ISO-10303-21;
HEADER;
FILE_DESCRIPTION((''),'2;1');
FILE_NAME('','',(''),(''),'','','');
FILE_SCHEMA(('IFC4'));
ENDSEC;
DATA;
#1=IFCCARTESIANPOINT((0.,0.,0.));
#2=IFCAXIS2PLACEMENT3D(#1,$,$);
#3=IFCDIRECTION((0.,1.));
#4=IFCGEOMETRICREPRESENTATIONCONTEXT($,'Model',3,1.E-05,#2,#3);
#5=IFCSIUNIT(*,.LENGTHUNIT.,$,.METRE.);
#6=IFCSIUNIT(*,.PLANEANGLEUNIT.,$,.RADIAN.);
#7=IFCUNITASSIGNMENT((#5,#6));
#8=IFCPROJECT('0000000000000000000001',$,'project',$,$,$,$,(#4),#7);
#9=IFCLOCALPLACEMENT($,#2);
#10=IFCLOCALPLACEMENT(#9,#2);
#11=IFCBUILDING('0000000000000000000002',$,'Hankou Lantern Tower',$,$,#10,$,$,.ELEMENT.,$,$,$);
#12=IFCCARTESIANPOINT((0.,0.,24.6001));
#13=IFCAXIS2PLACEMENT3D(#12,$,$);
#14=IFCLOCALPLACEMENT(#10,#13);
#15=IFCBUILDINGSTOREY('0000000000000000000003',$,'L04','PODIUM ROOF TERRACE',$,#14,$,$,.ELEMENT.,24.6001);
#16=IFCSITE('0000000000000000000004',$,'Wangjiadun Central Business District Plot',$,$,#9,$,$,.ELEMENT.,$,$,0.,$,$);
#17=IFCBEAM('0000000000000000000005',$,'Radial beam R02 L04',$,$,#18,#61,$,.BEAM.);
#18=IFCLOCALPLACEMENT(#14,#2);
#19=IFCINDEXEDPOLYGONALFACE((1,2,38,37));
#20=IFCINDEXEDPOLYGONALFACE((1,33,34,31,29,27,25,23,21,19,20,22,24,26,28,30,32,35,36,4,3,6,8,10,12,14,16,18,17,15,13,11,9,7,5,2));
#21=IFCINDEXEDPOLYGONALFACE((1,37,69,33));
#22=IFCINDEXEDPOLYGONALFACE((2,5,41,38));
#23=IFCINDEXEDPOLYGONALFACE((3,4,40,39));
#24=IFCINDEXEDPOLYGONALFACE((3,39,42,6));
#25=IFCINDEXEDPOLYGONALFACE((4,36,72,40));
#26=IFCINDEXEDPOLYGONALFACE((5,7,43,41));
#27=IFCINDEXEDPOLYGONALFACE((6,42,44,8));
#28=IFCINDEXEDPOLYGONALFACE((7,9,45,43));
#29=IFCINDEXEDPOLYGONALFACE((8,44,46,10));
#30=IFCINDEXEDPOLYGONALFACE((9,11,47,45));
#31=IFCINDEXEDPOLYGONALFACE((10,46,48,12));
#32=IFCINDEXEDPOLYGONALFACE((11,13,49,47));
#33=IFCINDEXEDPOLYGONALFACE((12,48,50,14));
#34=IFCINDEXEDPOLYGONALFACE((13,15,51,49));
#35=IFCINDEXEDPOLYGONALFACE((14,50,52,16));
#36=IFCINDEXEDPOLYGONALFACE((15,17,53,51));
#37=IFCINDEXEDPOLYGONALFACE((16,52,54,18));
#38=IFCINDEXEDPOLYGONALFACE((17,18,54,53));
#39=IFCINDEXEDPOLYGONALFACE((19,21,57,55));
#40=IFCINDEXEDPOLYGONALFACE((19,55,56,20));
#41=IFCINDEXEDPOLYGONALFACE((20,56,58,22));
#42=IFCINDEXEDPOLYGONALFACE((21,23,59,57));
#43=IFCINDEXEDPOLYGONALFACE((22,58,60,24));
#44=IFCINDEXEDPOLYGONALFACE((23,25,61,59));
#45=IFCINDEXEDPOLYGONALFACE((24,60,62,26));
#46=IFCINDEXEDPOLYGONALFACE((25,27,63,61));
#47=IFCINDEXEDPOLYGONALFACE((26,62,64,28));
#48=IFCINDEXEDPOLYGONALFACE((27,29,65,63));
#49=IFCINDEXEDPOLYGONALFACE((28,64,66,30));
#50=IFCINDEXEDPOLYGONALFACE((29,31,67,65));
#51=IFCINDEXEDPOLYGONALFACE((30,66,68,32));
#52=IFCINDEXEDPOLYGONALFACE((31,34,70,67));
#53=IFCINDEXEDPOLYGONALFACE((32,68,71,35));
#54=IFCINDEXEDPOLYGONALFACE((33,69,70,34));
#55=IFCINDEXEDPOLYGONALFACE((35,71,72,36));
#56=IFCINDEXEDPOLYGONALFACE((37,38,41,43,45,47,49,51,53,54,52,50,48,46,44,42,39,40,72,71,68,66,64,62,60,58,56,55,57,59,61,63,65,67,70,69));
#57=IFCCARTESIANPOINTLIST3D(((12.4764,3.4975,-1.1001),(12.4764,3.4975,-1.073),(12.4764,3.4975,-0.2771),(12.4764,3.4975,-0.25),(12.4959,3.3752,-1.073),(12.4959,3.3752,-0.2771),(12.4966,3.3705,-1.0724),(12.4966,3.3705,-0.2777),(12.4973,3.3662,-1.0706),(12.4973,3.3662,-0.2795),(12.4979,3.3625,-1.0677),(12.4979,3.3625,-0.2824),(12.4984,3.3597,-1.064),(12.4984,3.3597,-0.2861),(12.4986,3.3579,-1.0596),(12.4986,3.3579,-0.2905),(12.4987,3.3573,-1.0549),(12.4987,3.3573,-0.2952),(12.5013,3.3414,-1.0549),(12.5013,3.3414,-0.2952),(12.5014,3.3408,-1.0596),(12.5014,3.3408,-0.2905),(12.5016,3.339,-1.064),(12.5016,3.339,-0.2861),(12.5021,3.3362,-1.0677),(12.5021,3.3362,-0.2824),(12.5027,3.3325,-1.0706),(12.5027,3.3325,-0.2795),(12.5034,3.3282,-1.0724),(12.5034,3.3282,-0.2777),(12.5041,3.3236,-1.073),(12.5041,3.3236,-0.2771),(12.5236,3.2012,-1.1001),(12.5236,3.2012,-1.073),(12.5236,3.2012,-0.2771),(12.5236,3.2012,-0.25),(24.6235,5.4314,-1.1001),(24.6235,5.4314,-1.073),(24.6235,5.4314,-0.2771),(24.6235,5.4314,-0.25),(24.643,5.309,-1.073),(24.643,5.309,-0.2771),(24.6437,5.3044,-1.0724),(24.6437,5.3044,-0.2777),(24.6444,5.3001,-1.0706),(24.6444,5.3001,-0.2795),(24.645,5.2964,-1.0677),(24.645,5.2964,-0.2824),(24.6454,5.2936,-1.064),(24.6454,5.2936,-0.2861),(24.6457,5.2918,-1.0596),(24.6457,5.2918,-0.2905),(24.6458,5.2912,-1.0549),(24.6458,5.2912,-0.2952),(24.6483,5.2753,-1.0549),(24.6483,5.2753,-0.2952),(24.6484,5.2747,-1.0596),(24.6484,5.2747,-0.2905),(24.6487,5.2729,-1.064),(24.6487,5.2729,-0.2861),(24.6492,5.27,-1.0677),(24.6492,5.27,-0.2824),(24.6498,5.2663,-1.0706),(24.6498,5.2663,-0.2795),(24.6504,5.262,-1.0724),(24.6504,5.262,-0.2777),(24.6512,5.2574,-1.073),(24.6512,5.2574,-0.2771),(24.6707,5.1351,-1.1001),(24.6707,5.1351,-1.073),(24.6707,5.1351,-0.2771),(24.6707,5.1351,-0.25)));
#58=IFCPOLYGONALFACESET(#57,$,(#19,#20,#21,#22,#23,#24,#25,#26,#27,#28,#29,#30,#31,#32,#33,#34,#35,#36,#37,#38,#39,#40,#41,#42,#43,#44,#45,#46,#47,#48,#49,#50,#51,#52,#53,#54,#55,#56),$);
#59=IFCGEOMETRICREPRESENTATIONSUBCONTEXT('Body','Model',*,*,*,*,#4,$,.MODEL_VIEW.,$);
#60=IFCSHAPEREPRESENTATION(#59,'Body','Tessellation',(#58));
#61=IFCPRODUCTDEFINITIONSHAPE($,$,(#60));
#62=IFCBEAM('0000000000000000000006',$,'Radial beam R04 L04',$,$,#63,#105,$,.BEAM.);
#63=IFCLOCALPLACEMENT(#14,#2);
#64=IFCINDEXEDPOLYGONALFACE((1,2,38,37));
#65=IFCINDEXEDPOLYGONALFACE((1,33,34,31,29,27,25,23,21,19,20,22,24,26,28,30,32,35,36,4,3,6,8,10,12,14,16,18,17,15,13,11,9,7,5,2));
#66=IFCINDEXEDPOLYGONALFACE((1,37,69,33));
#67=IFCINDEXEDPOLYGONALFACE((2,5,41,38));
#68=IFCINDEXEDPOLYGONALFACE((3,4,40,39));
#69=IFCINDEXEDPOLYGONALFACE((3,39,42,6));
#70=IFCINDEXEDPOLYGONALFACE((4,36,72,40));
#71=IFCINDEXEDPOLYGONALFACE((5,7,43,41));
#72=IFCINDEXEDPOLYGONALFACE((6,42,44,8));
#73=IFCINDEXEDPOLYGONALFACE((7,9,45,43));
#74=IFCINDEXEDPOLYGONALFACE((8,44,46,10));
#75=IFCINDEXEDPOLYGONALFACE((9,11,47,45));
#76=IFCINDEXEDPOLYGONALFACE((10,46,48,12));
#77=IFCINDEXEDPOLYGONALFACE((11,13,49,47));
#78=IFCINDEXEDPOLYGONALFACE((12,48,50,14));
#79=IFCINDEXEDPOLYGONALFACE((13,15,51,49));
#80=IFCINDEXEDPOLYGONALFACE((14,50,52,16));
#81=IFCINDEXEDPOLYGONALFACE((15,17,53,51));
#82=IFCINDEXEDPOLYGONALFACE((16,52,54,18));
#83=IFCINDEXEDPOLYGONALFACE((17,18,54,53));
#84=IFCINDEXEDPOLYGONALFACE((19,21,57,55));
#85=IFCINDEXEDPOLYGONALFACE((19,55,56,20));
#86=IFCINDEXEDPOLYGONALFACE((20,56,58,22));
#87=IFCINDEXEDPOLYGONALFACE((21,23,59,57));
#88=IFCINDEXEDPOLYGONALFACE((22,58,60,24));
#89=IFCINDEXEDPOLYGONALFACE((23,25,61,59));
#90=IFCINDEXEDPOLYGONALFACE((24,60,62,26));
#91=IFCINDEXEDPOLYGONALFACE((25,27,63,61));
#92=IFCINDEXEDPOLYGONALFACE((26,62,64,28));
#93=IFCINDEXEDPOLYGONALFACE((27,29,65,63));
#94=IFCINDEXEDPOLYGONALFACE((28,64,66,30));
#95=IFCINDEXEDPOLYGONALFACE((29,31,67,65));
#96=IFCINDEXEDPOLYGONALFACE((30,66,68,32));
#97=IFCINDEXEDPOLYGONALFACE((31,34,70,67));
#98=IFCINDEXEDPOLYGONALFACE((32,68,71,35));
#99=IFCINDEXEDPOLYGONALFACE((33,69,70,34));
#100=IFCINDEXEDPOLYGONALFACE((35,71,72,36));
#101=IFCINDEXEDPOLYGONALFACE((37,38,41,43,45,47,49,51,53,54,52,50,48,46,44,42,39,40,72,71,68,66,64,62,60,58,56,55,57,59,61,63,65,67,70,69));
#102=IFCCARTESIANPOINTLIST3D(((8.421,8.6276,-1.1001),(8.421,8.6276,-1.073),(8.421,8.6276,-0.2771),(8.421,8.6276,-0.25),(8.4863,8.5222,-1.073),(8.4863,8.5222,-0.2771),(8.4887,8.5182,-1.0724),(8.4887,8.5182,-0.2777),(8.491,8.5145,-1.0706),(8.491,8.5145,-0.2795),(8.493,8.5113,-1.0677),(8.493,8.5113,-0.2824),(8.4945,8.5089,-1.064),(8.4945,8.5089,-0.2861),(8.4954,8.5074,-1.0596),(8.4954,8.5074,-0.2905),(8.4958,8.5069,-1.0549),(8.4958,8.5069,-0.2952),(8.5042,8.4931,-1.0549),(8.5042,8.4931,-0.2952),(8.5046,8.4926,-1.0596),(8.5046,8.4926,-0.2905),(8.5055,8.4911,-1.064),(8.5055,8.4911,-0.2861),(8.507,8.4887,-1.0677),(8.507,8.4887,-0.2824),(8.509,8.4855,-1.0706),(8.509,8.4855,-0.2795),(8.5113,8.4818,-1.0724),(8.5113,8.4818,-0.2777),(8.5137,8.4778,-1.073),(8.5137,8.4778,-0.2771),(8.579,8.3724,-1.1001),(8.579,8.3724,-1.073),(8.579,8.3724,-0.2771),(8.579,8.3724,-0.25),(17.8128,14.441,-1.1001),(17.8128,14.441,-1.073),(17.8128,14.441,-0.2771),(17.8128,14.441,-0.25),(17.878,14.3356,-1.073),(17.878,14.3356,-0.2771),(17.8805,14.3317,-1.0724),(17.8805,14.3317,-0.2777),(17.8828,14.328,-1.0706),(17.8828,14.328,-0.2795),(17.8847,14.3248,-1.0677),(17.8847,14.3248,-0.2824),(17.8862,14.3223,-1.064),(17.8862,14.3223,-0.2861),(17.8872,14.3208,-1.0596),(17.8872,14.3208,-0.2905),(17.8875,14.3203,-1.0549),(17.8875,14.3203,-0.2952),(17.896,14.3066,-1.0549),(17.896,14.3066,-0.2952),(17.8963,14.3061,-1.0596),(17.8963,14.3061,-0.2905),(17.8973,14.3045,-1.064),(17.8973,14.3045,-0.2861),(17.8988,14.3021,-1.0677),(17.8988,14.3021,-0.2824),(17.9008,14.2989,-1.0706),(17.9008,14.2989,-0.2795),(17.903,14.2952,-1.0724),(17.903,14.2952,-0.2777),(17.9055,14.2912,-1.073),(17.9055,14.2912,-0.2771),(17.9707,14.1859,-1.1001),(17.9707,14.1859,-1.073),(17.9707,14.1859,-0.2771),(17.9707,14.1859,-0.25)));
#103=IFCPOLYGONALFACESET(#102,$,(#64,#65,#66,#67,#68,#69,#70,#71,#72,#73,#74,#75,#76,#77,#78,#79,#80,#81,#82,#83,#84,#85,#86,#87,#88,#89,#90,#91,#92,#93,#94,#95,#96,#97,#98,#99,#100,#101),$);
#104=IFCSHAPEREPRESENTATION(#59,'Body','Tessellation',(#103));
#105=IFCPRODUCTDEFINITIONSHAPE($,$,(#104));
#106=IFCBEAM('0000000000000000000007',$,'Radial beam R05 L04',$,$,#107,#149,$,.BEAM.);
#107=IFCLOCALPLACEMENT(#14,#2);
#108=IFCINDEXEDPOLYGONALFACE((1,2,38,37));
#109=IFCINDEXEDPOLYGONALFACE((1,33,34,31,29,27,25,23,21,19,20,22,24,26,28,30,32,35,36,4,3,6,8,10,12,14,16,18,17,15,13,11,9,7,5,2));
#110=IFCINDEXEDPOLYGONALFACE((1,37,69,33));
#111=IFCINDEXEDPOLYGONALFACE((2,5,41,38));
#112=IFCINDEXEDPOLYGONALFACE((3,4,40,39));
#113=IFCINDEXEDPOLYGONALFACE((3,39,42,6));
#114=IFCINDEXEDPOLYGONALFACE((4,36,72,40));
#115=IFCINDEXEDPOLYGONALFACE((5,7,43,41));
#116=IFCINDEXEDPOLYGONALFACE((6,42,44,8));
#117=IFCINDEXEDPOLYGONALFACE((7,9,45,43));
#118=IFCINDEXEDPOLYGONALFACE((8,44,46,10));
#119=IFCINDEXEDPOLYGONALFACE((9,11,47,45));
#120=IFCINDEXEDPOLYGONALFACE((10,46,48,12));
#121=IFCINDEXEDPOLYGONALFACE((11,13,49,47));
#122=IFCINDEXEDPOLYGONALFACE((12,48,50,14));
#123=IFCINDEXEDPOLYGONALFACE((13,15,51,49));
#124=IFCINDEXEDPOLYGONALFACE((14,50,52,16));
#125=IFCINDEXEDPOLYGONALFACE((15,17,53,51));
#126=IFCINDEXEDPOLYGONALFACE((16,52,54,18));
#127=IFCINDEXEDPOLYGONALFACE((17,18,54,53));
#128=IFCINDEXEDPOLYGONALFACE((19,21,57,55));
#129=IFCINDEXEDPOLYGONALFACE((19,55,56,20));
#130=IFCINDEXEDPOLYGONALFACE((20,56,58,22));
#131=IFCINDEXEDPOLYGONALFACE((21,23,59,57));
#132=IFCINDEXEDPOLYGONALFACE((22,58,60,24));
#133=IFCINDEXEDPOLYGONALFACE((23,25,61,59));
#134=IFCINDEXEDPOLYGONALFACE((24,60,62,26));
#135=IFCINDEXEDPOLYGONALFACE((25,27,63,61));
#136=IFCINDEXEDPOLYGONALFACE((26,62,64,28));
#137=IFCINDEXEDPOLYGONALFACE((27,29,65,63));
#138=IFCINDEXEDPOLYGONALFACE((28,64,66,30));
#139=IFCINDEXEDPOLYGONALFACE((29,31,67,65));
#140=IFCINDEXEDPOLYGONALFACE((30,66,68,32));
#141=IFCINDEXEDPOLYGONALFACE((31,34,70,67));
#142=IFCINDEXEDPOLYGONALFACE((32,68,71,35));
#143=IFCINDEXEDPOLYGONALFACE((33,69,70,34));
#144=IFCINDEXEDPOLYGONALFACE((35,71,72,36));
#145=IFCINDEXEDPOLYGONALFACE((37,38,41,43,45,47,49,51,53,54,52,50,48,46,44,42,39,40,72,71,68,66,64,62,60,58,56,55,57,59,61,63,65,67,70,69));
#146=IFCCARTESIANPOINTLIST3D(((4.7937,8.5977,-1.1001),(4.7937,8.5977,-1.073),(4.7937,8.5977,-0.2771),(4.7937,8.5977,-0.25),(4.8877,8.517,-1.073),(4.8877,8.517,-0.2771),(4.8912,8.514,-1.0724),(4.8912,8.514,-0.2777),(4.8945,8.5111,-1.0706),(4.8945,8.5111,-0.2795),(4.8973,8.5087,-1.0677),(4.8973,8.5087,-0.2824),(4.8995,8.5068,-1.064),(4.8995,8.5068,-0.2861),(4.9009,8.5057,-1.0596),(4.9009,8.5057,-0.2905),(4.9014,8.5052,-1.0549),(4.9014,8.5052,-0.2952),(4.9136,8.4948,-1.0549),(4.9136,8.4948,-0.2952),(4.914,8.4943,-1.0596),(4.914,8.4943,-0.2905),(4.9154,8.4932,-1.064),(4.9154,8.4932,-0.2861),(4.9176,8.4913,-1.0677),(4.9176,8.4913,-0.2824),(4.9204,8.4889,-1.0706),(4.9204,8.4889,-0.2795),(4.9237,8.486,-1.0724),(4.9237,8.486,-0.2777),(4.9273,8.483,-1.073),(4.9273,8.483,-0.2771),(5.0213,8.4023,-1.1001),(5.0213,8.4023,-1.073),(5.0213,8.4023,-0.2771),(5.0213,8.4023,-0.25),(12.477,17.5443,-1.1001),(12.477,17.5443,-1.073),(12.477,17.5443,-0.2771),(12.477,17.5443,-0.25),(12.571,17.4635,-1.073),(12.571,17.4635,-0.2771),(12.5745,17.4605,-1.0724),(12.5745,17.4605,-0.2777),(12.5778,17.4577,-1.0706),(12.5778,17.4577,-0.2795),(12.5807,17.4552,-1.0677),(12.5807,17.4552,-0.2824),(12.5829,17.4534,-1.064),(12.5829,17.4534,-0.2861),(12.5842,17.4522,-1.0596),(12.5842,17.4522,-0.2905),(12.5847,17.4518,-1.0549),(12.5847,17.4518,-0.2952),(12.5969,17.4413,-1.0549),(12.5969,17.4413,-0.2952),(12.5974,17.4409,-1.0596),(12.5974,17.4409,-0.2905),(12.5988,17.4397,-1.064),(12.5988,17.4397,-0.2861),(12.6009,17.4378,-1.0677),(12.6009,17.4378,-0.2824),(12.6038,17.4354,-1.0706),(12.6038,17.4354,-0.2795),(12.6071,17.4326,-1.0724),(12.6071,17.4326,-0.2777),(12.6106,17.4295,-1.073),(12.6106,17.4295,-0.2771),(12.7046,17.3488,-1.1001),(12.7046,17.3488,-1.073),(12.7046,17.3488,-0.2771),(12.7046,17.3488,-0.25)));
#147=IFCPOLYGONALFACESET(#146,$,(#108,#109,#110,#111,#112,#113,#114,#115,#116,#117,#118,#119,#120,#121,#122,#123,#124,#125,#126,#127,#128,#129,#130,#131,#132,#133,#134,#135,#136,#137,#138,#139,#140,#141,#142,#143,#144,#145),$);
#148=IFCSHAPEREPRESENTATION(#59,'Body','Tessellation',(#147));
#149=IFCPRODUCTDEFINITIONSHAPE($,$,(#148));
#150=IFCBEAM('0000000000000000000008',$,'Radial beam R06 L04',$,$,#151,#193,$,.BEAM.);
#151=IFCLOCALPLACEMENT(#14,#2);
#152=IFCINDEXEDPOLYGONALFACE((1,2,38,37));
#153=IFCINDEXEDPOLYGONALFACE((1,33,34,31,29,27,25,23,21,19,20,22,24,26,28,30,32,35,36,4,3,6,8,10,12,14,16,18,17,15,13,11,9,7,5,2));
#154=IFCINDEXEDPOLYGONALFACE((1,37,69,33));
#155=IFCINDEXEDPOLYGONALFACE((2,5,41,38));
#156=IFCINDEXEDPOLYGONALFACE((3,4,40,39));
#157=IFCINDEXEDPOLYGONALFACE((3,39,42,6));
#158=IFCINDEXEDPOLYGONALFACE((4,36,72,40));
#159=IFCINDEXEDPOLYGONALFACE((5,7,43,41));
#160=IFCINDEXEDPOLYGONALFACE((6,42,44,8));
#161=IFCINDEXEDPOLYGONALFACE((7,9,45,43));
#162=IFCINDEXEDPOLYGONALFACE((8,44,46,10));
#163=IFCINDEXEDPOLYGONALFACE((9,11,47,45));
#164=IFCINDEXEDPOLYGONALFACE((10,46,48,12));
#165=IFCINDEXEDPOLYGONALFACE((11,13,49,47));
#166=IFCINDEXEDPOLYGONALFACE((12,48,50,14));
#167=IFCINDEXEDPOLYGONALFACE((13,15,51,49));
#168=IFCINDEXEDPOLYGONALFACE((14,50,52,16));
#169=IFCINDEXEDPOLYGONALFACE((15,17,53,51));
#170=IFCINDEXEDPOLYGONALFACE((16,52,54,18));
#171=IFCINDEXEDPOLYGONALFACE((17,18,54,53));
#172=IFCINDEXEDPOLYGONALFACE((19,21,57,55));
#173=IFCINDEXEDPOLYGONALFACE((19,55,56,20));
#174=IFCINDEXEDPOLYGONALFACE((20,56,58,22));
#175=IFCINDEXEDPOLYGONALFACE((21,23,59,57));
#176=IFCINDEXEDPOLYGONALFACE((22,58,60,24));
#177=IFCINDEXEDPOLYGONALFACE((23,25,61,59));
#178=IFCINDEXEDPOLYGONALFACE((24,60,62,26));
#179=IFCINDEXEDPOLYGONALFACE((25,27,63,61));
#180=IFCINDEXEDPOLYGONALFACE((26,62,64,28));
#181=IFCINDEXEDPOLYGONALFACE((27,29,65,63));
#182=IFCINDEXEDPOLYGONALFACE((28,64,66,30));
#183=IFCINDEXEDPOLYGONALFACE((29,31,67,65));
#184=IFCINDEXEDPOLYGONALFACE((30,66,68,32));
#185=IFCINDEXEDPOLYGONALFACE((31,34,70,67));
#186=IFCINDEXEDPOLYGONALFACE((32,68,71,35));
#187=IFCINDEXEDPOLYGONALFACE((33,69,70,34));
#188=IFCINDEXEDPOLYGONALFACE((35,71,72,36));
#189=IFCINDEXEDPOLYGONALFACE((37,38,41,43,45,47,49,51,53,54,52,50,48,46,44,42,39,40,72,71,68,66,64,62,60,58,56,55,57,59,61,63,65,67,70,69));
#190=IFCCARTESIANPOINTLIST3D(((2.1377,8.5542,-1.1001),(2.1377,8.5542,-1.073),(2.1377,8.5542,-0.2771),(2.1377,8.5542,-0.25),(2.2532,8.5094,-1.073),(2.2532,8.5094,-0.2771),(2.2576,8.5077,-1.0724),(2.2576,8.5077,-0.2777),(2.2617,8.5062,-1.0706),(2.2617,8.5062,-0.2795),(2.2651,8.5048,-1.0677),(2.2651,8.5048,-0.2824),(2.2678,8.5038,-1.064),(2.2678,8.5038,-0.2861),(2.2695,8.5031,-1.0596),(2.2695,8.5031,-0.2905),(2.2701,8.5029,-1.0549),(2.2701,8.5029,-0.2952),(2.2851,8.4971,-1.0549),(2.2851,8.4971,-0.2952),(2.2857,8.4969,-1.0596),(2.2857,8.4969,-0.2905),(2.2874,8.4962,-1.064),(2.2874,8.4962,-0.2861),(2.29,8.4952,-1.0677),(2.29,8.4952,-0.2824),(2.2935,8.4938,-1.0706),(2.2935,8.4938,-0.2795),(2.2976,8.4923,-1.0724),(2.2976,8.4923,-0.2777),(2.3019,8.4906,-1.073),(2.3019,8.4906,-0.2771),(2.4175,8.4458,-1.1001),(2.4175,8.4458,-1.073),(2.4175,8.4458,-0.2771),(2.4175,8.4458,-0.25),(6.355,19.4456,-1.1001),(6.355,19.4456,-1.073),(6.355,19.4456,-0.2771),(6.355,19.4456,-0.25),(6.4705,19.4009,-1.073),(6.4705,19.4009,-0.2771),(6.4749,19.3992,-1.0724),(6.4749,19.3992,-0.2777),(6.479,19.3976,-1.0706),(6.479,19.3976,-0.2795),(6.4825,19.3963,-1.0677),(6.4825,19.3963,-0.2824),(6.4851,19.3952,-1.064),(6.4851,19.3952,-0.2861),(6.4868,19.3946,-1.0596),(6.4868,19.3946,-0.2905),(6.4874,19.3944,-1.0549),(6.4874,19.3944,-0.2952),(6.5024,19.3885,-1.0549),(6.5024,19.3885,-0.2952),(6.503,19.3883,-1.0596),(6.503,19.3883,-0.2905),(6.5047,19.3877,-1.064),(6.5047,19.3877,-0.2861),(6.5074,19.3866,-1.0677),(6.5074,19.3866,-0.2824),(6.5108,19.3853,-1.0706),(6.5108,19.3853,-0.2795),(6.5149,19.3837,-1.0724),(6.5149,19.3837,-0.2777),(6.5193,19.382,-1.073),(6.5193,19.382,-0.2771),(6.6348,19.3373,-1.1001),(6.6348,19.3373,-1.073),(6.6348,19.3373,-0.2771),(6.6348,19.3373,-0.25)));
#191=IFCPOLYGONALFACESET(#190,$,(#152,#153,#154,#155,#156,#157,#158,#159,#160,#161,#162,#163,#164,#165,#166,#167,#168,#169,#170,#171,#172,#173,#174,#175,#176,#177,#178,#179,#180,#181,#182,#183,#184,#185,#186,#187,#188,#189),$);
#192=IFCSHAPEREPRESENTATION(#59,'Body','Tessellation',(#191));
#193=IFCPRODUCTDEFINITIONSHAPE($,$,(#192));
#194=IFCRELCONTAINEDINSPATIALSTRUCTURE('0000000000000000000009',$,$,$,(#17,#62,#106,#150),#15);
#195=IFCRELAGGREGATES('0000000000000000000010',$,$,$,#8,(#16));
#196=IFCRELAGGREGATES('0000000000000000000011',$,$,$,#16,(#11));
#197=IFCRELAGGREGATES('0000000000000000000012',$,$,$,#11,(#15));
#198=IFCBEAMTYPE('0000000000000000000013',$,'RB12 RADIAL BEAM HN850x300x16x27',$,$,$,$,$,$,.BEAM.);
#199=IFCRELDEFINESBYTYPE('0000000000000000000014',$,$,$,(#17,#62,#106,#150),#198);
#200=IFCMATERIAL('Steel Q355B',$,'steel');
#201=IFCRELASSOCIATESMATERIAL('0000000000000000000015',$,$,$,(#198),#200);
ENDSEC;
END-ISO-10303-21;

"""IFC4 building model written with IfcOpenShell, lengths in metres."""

from ifc_helpers import new_model, si_unit, direction, frame, origin, origin_2d, place, context, subcontext, project, spatial, i_section, extrude, material, material_profile, profile_set, type_object, element, save


model = new_model("IFC4")

# Units and contexts
model_context = context("Model", 3, precision=1e-05, world=origin(), true_north=direction((0.0, 1.0)))
body_context = subcontext(model_context, "Body", "Model", "MODEL_VIEW")
ifc_project = project(units=[si_unit("LENGTHUNIT", "METRE"), si_unit("PLANEANGLEUNIT", "RADIAN")], contexts=[model_context])

# Site, building, storey
site_placement = place(None, origin())
site = spatial("IfcSite", under=ifc_project, at=site_placement, Name="Wangjiadun Central Business District Plot", CompositionType="ELEMENT", RefElevation=0.0)
building_placement = place(site_placement, origin())
building = spatial("IfcBuilding", under=site, at=building_placement, Name="Hankou Lantern Tower", CompositionType="ELEMENT")
storey_placement = place(building_placement, frame((0.0, 0.0, 24.6001)))
storey = spatial("IfcBuildingStorey", under=building, at=storey_placement, Name="L04", Description="PODIUM ROOF TERRACE", CompositionType="ELEMENT", Elevation=24.6001)

# Beams
ifc_material_1 = material(Name="Steel Q355B", Category="steel")
ifc_material_profile_1 = material_profile(ifc_material_1, i_section(OverallWidth=0.3, OverallDepth=0.8501, WebThickness=0.0161, FlangeThickness=0.0271, FilletRadius=0.0181, at=origin_2d()), Name="HN850x300x16x27")
ifc_profile_set_1 = profile_set([ifc_material_profile_1], Name="Steel Q355B")
beam_type_1 = type_object("IfcBeamType", Name="RB12 RADIAL BEAM HN850x300x16x27", PredefinedType="BEAM", material=ifc_profile_set_1)
beam_1_placement = place(storey_placement, frame((12.5, 3.3494, -0.675), z_axis=(0.987563, 0.157223, 0.0), x_axis=(-0.157223, 0.987563, 0.0)))
element("IfcBeam", 1, at=beam_1_placement, inside=storey, type_object=beam_type_1, Name="Radial beam R02 L04", PredefinedType="BEAM", context=body_context, shape_type="SweptSolid", body=[
    extrude(i_section(OverallWidth=0.3, OverallDepth=0.8501, WebThickness=0.0161, FlangeThickness=0.0271, FilletRadius=0.0181, at=origin_2d()), origin(), (0.0, 0.0, 1.0), 12.3),
])
beam_2_placement = place(storey_placement, frame((8.5, 8.5, -0.675), z_axis=(0.850286, 0.52632, 0.0), x_axis=(-0.52632, 0.850286, 0.0)))
element("IfcBeam", 2, at=beam_2_placement, inside=storey, type_object=beam_type_1, Name="Radial beam R04 L04", PredefinedType="BEAM", context=body_context, shape_type="SweptSolid", body=[
    extrude(i_section(OverallWidth=0.3, OverallDepth=0.8501, WebThickness=0.0161, FlangeThickness=0.0271, FilletRadius=0.0181, at=origin_2d()), origin(), (0.0, 0.0, 1.0), 11.0454),
])
beam_3_placement = place(storey_placement, frame((4.9075, 8.5, -0.675), z_axis=(0.651519, 0.758632, 0.0), x_axis=(-0.758632, 0.651519, 0.0)))
element("IfcBeam", 3, at=beam_3_placement, inside=storey, type_object=beam_type_1, Name="Radial beam R05 L04", PredefinedType="BEAM", context=body_context, shape_type="SweptSolid", body=[
    extrude(i_section(OverallWidth=0.3, OverallDepth=0.8501, WebThickness=0.0161, FlangeThickness=0.0271, FilletRadius=0.0181, at=origin_2d()), origin(), (0.0, 0.0, 1.0), 11.793),
])
beam_4_placement = place(storey_placement, frame((2.2776, 8.5, -0.675), z_axis=(0.361089, 0.932531, 0.0), x_axis=(-0.932531, 0.361089, 0.0)))
element("IfcBeam", 4, at=beam_4_placement, inside=storey, type_object=beam_type_1, Name="Radial beam R06 L04", PredefinedType="BEAM", context=body_context, shape_type="SweptSolid", body=[
    extrude(i_section(OverallWidth=0.3, OverallDepth=0.8501, WebThickness=0.0161, FlangeThickness=0.0271, FilletRadius=0.0181, at=origin_2d()), origin(), (0.0, 0.0, 1.0), 11.6794),
])

save(model, "model.ifc")
